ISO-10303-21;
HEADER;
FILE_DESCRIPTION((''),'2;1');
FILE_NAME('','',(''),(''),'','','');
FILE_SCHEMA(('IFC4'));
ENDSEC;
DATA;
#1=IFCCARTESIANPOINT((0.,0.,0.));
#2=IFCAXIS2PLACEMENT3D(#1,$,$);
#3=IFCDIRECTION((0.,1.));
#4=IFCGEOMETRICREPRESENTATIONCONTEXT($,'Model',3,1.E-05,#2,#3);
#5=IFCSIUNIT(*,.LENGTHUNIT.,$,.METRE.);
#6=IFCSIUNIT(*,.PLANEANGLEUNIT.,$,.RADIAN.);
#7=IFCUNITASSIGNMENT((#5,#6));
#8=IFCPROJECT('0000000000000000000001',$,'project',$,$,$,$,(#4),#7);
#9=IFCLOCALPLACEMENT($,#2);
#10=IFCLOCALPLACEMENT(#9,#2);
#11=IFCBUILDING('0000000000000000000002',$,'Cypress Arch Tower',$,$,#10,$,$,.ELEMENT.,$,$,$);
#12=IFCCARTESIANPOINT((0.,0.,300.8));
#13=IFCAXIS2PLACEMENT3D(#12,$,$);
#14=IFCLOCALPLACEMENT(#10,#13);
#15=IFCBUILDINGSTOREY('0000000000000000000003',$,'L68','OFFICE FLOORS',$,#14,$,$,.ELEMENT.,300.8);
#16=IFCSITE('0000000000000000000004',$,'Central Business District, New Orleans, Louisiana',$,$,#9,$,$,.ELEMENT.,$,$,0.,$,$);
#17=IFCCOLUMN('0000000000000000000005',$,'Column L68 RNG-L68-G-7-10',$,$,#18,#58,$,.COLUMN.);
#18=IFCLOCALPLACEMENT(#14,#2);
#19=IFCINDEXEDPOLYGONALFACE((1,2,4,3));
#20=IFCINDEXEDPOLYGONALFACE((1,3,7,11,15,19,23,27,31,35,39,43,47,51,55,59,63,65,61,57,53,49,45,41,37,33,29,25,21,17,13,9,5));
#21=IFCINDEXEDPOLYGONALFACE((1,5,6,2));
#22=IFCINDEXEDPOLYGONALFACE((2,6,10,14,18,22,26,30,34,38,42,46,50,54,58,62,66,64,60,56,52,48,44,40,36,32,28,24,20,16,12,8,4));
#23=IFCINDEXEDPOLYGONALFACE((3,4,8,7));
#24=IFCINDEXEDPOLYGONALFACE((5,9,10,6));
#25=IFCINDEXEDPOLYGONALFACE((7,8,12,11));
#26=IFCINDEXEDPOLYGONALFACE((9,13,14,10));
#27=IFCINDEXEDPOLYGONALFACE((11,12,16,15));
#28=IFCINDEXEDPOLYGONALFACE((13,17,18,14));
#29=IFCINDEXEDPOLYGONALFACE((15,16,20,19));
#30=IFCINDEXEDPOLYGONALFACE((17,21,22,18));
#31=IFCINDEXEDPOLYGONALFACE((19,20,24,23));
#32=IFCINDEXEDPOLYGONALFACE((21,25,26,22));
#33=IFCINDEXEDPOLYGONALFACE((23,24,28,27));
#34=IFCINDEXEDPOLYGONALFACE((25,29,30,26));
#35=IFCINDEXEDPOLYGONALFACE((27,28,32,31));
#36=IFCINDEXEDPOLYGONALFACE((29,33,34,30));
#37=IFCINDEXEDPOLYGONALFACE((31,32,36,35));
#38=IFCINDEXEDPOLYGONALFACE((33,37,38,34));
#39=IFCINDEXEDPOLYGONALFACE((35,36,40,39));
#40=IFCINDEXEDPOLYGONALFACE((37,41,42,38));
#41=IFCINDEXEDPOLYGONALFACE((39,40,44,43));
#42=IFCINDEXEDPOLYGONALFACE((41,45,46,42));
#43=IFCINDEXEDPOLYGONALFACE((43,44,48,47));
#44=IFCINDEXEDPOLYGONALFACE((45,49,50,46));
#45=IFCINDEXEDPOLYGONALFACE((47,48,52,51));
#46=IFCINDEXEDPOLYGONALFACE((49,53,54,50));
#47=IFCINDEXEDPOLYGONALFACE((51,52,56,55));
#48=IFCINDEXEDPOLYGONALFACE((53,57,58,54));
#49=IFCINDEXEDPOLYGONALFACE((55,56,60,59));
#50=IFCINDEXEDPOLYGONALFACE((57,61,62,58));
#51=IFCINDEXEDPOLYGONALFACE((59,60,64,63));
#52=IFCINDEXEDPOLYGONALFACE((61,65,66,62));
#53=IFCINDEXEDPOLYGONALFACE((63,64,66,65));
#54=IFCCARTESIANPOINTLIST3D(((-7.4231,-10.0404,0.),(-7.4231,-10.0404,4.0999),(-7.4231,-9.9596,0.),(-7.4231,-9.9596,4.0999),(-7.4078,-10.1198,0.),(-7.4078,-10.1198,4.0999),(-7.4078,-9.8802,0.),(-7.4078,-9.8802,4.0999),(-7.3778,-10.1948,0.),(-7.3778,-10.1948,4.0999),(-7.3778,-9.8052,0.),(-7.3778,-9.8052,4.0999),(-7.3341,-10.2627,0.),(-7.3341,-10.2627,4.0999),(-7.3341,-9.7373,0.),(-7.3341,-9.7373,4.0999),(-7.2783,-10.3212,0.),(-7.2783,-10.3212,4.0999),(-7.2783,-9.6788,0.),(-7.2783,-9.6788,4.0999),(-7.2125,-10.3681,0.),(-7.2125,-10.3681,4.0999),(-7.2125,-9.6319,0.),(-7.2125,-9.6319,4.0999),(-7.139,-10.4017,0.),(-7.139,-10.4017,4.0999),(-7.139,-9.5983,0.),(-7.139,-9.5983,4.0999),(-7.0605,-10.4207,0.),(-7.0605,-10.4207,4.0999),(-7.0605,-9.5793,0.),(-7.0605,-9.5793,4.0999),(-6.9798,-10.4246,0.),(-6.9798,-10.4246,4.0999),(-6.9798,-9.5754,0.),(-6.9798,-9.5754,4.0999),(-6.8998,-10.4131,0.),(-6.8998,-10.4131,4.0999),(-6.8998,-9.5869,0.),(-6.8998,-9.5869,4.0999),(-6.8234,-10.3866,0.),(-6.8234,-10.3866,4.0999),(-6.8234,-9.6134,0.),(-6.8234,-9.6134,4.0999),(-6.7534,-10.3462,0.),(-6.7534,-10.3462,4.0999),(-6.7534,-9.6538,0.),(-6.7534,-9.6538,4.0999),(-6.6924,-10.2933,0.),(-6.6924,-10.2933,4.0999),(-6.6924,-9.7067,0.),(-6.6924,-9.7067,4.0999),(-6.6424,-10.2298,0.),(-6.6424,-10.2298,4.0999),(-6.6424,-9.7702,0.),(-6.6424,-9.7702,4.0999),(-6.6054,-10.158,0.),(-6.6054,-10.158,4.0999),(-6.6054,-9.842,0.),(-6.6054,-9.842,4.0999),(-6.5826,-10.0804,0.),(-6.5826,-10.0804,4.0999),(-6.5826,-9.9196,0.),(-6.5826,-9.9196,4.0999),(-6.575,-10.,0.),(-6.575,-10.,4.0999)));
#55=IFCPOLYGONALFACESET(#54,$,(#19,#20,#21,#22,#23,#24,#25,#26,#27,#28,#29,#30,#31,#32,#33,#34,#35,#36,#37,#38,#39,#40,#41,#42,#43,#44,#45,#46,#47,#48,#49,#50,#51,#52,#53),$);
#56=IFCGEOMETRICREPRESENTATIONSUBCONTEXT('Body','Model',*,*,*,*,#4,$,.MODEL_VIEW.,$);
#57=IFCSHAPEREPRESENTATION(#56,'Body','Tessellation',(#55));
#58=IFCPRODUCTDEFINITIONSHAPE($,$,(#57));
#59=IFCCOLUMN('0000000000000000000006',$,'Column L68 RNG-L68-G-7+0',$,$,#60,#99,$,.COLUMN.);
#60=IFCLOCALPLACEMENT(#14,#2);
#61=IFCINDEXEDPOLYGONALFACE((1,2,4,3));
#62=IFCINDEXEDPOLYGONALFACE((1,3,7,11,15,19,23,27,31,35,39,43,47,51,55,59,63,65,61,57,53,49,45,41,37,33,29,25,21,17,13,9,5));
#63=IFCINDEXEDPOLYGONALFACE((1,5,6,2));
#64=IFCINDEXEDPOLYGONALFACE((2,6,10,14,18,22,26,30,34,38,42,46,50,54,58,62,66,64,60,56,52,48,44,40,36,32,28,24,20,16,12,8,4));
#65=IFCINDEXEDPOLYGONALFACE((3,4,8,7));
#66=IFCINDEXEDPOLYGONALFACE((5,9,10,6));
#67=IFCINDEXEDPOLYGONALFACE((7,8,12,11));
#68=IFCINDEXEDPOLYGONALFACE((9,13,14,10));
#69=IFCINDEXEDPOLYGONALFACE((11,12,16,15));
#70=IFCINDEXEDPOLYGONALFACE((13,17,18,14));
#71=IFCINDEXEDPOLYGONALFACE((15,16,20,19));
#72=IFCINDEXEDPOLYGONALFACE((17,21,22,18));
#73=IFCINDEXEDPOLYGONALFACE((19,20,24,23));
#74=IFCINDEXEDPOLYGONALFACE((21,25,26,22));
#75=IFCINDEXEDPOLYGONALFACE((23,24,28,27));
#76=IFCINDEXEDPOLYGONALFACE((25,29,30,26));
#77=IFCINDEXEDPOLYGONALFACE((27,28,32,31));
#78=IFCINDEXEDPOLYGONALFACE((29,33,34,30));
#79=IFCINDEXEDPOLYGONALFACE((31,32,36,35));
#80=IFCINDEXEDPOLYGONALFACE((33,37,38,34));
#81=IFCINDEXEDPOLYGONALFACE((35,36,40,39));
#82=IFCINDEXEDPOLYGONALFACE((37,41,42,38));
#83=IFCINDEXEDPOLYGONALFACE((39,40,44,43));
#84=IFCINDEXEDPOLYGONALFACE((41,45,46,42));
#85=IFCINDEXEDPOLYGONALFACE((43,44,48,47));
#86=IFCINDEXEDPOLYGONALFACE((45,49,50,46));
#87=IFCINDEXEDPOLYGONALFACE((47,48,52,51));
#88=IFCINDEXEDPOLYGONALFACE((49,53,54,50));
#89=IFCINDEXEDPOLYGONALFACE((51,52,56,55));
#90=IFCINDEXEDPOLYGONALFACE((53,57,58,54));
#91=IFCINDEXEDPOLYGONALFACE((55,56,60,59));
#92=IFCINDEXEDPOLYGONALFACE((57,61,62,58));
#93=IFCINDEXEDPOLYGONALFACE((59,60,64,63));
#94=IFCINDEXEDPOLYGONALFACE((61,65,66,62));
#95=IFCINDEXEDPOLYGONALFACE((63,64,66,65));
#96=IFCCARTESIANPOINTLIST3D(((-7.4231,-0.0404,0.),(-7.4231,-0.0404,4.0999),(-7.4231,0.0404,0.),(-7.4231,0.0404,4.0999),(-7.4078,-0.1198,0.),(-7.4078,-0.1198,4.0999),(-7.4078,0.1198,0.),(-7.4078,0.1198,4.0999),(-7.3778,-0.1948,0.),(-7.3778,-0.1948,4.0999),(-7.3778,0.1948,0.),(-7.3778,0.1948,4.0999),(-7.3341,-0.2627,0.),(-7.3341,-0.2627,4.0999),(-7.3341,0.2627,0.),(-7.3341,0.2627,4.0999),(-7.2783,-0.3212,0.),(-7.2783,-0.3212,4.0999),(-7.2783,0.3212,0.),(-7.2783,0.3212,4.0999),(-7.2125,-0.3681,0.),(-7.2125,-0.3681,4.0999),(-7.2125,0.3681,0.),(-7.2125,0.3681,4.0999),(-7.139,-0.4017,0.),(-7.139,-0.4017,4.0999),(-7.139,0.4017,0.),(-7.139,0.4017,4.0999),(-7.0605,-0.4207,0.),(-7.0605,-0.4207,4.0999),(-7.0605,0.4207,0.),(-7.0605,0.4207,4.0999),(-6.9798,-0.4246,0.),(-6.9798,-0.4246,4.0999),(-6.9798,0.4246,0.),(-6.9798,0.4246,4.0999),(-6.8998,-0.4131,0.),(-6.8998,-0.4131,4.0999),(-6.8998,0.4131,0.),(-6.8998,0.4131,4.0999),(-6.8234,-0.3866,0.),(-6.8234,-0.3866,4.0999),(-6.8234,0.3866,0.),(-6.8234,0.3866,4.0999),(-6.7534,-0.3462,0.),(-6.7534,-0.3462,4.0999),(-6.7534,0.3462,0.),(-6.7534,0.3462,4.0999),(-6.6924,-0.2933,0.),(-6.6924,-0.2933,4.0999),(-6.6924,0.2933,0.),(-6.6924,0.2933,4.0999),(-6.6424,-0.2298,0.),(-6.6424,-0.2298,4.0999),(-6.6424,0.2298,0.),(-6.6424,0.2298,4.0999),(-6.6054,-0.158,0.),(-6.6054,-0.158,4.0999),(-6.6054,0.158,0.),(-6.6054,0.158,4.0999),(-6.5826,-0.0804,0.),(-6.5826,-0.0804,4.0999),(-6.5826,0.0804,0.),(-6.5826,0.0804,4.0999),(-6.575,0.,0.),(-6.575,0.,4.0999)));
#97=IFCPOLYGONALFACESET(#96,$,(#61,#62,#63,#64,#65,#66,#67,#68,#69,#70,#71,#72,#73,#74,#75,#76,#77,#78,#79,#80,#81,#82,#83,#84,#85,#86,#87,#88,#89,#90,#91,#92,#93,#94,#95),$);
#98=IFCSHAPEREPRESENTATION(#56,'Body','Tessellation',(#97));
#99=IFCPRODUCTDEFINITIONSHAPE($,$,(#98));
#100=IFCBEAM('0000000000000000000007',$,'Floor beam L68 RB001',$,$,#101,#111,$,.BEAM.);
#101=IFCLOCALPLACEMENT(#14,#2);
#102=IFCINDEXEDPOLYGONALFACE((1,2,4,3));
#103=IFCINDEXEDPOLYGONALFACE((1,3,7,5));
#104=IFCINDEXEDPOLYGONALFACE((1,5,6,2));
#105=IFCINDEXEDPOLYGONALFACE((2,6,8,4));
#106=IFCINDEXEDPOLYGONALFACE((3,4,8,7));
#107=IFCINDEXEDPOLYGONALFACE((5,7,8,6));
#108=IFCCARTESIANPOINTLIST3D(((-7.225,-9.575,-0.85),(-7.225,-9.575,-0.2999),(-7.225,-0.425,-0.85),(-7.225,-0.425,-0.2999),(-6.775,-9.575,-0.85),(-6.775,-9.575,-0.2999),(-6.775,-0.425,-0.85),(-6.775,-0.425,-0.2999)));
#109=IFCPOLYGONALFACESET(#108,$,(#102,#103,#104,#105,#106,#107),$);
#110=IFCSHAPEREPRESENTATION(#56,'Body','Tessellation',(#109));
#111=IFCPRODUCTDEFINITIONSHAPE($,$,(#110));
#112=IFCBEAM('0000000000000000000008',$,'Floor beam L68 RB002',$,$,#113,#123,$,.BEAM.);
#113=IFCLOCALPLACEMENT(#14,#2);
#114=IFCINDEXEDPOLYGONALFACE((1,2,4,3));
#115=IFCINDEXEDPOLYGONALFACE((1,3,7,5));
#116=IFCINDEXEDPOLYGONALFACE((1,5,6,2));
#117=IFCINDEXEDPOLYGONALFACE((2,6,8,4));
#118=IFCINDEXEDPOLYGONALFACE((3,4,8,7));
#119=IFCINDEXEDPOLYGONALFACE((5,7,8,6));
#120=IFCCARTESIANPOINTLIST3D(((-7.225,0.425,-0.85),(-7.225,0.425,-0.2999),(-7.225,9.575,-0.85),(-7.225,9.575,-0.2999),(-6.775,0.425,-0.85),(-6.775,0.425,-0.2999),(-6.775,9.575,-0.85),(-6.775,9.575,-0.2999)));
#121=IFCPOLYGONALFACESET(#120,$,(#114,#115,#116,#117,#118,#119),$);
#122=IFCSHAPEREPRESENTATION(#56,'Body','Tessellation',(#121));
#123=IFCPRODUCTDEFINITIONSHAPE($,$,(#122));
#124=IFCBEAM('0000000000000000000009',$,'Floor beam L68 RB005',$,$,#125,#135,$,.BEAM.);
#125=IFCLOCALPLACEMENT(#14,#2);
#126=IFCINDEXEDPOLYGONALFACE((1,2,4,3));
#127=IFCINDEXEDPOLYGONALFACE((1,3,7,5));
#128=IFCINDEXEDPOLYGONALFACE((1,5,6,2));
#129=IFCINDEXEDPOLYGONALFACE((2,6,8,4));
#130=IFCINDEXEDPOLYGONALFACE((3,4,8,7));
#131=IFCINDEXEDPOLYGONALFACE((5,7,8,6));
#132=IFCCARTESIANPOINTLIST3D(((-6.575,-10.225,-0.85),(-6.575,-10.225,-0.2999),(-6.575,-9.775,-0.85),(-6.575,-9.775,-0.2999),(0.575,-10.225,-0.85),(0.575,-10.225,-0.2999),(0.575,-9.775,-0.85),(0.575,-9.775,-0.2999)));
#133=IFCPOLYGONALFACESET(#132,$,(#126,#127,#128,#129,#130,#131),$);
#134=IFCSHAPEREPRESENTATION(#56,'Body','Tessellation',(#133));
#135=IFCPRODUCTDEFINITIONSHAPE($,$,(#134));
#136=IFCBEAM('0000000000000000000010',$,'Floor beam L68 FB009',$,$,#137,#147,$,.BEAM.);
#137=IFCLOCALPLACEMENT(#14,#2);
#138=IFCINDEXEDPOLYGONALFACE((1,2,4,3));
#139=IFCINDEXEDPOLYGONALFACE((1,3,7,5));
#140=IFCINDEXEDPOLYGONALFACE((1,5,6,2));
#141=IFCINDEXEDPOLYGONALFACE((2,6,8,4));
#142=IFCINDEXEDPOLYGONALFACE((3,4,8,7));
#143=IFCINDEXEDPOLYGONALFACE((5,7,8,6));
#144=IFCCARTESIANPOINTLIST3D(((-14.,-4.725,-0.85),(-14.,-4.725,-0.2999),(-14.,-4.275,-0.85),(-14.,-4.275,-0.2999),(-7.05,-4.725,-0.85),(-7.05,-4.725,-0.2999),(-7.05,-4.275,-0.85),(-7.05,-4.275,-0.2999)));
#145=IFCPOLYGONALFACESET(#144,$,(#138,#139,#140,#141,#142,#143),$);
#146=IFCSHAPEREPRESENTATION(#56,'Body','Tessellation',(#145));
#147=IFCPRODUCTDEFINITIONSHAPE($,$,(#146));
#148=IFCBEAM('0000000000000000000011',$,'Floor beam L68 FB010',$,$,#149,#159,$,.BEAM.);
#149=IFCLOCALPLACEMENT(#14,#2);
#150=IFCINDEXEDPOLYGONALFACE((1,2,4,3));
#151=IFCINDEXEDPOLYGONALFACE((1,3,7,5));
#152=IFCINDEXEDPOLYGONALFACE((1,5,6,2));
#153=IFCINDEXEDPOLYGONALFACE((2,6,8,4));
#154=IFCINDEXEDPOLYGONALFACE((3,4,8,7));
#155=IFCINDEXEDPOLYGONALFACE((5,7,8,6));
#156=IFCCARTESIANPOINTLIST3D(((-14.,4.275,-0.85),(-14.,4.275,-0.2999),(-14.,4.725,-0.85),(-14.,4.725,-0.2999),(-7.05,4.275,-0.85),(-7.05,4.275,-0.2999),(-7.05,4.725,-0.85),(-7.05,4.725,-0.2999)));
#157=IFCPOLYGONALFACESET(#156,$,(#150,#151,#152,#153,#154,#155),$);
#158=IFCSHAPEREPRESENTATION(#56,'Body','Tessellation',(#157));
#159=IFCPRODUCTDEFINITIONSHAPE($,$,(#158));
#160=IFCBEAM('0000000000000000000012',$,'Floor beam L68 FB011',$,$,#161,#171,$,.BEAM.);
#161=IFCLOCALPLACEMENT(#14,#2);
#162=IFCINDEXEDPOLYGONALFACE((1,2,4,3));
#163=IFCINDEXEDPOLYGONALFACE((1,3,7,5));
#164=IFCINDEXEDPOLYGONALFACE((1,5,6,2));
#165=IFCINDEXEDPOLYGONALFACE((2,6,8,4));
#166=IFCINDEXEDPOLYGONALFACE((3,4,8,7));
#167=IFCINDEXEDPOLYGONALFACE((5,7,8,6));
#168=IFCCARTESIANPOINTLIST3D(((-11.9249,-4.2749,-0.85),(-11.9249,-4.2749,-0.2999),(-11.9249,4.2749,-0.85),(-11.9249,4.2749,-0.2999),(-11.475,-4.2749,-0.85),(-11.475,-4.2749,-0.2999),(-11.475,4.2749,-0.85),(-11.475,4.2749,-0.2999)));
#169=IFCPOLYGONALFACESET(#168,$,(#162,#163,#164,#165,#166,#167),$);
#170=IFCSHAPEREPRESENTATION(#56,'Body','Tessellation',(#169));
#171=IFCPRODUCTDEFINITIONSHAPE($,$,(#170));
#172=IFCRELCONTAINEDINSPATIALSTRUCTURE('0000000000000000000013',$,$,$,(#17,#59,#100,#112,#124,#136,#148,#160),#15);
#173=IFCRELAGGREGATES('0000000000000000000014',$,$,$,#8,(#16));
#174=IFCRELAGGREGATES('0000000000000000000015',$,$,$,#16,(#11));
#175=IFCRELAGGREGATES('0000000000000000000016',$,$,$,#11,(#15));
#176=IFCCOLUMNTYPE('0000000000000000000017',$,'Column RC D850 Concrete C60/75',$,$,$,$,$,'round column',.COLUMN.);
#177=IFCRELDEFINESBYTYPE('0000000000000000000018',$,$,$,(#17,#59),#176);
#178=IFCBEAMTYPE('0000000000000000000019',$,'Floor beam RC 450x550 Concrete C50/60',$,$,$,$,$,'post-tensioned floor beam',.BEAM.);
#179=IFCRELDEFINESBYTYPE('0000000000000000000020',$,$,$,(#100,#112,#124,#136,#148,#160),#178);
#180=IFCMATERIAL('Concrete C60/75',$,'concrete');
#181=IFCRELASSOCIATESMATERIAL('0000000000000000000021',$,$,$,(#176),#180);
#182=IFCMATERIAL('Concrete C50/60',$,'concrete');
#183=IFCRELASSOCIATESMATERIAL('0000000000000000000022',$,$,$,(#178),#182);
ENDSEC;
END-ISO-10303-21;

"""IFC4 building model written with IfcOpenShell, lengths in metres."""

from ifc_helpers import new_model, si_unit, direction, frame, origin, origin_2d, place, context, subcontext, project, spatial, rectangle, circle, extrude, material, material_profile, profile_set, type_object, element, save


model = new_model("IFC4")

# Units and contexts
model_context = context("Model", 3, precision=1e-05, world=origin(), true_north=direction((0.0, 1.0)))
body_context = subcontext(model_context, "Body", "Model", "MODEL_VIEW")
ifc_project = project(units=[si_unit("LENGTHUNIT", "METRE"), si_unit("PLANEANGLEUNIT", "RADIAN")], contexts=[model_context])

# Site, building, storey
site_placement = place(None, origin())
site = spatial("IfcSite", under=ifc_project, at=site_placement, Name="Central Business District, New Orleans, Louisiana", CompositionType="ELEMENT", RefElevation=0.0)
building_placement = place(site_placement, origin())
building = spatial("IfcBuilding", under=site, at=building_placement, Name="Cypress Arch Tower", CompositionType="ELEMENT")
storey_placement = place(building_placement, frame((0.0, 0.0, 300.8)))
storey = spatial("IfcBuildingStorey", under=building, at=storey_placement, Name="L68", Description="OFFICE FLOORS", CompositionType="ELEMENT", Elevation=300.8)

# Columns
ifc_material_1 = material(Name="Concrete C60/75", Category="concrete")
ifc_material_profile_1 = material_profile(ifc_material_1, circle(Radius=0.425, at=origin_2d()), Name="RC D850")
ifc_profile_set_1 = profile_set([ifc_material_profile_1], Name="Concrete C60/75")
column_type = type_object("IfcColumnType", Name="Column RC D850 Concrete C60/75", ElementType="round column", PredefinedType="COLUMN", material=ifc_profile_set_1)
for number, where, z_axis, x_axis, name in (
    (1, (-7.0, -10.0, 0.0), (0.0, 0.0, 1.0), (1.0, 0.0, 0.0), "Column L68 RNG-L68-G-7-10"),
    (2, (-7.0, 0.0, 0.0), (0.0, 0.0, 1.0), (1.0, 0.0, 0.0), "Column L68 RNG-L68-G-7+0"),
):
    element("IfcColumn", number, at=place(storey_placement, frame(where, z_axis=z_axis, x_axis=x_axis)), inside=storey, type_object=column_type, Name=name, PredefinedType="COLUMN", context=body_context, shape_type="SweptSolid", body=[
        extrude(circle(Radius=0.425, at=origin_2d()), origin(), (0.0, 0.0, 1.0), 4.0999),
    ])

# Beams
ifc_material_2 = material(Name="Concrete C50/60", Category="concrete")
ifc_material_profile_2 = material_profile(ifc_material_2, rectangle(XDim=0.45, YDim=0.55, at=origin_2d()), Name="RC 450x550")
ifc_profile_set_2 = profile_set([ifc_material_profile_2], Name="Concrete C50/60")
beam_type = type_object("IfcBeamType", Name="Floor beam RC 450x550 Concrete C50/60", ElementType="post-tensioned floor beam", PredefinedType="BEAM", material=ifc_profile_set_2)
for number, where, z_axis, x_axis, name in (
    (3, (-7.0, -9.575, -0.575), (0.0, 1.0, 0.0), (-1.0, 0.0, 0.0), "Floor beam L68 RB001"),
    (4, (-7.0, 0.425, -0.575), (0.0, 1.0, 0.0), (-1.0, 0.0, 0.0), "Floor beam L68 RB002"),
):
    element("IfcBeam", number, at=place(storey_placement, frame(where, z_axis=z_axis, x_axis=x_axis)), inside=storey, type_object=beam_type, Name=name, PredefinedType="BEAM", context=body_context, shape_type="SweptSolid", body=[
        extrude(rectangle(XDim=0.45, YDim=0.55, at=origin_2d()), origin(), (0.0, 0.0, 1.0), 9.1499),
    ])
beam_1_placement = place(storey_placement, frame((-6.575, -10.0, -0.575), z_axis=(1.0, 0.0, 0.0), x_axis=(0.0, 1.0, 0.0)))
element("IfcBeam", 5, at=beam_1_placement, inside=storey, type_object=beam_type, Name="Floor beam L68 RB005", PredefinedType="BEAM", context=body_context, shape_type="SweptSolid", body=[
    extrude(rectangle(XDim=0.45, YDim=0.55, at=origin_2d()), origin(), (0.0, 0.0, 1.0), 7.1499),
])
for number, where, z_axis, x_axis, name in (
    (6, (-14.0, -4.5, -0.575), (1.0, 0.0, 0.0), (0.0, 1.0, 0.0), "Floor beam L68 FB009"),
    (7, (-14.0, 4.5, -0.575), (1.0, 0.0, 0.0), (0.0, 1.0, 0.0), "Floor beam L68 FB010"),
):
    element("IfcBeam", number, at=place(storey_placement, frame(where, z_axis=z_axis, x_axis=x_axis)), inside=storey, type_object=beam_type, Name=name, PredefinedType="BEAM", context=body_context, shape_type="SweptSolid", body=[
        extrude(rectangle(XDim=0.45, YDim=0.55, at=origin_2d()), origin(), (0.0, 0.0, 1.0), 6.95),
    ])
beam_2_placement = place(storey_placement, frame((-11.7, -4.2749, -0.575), z_axis=(0.0, 1.0, 0.0), x_axis=(-1.0, 0.0, 0.0)))
element("IfcBeam", 8, at=beam_2_placement, inside=storey, type_object=beam_type, Name="Floor beam L68 FB011", PredefinedType="BEAM", context=body_context, shape_type="SweptSolid", body=[
    extrude(rectangle(XDim=0.45, YDim=0.55, at=origin_2d()), origin(), (0.0, 0.0, 1.0), 8.5498),
])

save(model, "model.ifc")
